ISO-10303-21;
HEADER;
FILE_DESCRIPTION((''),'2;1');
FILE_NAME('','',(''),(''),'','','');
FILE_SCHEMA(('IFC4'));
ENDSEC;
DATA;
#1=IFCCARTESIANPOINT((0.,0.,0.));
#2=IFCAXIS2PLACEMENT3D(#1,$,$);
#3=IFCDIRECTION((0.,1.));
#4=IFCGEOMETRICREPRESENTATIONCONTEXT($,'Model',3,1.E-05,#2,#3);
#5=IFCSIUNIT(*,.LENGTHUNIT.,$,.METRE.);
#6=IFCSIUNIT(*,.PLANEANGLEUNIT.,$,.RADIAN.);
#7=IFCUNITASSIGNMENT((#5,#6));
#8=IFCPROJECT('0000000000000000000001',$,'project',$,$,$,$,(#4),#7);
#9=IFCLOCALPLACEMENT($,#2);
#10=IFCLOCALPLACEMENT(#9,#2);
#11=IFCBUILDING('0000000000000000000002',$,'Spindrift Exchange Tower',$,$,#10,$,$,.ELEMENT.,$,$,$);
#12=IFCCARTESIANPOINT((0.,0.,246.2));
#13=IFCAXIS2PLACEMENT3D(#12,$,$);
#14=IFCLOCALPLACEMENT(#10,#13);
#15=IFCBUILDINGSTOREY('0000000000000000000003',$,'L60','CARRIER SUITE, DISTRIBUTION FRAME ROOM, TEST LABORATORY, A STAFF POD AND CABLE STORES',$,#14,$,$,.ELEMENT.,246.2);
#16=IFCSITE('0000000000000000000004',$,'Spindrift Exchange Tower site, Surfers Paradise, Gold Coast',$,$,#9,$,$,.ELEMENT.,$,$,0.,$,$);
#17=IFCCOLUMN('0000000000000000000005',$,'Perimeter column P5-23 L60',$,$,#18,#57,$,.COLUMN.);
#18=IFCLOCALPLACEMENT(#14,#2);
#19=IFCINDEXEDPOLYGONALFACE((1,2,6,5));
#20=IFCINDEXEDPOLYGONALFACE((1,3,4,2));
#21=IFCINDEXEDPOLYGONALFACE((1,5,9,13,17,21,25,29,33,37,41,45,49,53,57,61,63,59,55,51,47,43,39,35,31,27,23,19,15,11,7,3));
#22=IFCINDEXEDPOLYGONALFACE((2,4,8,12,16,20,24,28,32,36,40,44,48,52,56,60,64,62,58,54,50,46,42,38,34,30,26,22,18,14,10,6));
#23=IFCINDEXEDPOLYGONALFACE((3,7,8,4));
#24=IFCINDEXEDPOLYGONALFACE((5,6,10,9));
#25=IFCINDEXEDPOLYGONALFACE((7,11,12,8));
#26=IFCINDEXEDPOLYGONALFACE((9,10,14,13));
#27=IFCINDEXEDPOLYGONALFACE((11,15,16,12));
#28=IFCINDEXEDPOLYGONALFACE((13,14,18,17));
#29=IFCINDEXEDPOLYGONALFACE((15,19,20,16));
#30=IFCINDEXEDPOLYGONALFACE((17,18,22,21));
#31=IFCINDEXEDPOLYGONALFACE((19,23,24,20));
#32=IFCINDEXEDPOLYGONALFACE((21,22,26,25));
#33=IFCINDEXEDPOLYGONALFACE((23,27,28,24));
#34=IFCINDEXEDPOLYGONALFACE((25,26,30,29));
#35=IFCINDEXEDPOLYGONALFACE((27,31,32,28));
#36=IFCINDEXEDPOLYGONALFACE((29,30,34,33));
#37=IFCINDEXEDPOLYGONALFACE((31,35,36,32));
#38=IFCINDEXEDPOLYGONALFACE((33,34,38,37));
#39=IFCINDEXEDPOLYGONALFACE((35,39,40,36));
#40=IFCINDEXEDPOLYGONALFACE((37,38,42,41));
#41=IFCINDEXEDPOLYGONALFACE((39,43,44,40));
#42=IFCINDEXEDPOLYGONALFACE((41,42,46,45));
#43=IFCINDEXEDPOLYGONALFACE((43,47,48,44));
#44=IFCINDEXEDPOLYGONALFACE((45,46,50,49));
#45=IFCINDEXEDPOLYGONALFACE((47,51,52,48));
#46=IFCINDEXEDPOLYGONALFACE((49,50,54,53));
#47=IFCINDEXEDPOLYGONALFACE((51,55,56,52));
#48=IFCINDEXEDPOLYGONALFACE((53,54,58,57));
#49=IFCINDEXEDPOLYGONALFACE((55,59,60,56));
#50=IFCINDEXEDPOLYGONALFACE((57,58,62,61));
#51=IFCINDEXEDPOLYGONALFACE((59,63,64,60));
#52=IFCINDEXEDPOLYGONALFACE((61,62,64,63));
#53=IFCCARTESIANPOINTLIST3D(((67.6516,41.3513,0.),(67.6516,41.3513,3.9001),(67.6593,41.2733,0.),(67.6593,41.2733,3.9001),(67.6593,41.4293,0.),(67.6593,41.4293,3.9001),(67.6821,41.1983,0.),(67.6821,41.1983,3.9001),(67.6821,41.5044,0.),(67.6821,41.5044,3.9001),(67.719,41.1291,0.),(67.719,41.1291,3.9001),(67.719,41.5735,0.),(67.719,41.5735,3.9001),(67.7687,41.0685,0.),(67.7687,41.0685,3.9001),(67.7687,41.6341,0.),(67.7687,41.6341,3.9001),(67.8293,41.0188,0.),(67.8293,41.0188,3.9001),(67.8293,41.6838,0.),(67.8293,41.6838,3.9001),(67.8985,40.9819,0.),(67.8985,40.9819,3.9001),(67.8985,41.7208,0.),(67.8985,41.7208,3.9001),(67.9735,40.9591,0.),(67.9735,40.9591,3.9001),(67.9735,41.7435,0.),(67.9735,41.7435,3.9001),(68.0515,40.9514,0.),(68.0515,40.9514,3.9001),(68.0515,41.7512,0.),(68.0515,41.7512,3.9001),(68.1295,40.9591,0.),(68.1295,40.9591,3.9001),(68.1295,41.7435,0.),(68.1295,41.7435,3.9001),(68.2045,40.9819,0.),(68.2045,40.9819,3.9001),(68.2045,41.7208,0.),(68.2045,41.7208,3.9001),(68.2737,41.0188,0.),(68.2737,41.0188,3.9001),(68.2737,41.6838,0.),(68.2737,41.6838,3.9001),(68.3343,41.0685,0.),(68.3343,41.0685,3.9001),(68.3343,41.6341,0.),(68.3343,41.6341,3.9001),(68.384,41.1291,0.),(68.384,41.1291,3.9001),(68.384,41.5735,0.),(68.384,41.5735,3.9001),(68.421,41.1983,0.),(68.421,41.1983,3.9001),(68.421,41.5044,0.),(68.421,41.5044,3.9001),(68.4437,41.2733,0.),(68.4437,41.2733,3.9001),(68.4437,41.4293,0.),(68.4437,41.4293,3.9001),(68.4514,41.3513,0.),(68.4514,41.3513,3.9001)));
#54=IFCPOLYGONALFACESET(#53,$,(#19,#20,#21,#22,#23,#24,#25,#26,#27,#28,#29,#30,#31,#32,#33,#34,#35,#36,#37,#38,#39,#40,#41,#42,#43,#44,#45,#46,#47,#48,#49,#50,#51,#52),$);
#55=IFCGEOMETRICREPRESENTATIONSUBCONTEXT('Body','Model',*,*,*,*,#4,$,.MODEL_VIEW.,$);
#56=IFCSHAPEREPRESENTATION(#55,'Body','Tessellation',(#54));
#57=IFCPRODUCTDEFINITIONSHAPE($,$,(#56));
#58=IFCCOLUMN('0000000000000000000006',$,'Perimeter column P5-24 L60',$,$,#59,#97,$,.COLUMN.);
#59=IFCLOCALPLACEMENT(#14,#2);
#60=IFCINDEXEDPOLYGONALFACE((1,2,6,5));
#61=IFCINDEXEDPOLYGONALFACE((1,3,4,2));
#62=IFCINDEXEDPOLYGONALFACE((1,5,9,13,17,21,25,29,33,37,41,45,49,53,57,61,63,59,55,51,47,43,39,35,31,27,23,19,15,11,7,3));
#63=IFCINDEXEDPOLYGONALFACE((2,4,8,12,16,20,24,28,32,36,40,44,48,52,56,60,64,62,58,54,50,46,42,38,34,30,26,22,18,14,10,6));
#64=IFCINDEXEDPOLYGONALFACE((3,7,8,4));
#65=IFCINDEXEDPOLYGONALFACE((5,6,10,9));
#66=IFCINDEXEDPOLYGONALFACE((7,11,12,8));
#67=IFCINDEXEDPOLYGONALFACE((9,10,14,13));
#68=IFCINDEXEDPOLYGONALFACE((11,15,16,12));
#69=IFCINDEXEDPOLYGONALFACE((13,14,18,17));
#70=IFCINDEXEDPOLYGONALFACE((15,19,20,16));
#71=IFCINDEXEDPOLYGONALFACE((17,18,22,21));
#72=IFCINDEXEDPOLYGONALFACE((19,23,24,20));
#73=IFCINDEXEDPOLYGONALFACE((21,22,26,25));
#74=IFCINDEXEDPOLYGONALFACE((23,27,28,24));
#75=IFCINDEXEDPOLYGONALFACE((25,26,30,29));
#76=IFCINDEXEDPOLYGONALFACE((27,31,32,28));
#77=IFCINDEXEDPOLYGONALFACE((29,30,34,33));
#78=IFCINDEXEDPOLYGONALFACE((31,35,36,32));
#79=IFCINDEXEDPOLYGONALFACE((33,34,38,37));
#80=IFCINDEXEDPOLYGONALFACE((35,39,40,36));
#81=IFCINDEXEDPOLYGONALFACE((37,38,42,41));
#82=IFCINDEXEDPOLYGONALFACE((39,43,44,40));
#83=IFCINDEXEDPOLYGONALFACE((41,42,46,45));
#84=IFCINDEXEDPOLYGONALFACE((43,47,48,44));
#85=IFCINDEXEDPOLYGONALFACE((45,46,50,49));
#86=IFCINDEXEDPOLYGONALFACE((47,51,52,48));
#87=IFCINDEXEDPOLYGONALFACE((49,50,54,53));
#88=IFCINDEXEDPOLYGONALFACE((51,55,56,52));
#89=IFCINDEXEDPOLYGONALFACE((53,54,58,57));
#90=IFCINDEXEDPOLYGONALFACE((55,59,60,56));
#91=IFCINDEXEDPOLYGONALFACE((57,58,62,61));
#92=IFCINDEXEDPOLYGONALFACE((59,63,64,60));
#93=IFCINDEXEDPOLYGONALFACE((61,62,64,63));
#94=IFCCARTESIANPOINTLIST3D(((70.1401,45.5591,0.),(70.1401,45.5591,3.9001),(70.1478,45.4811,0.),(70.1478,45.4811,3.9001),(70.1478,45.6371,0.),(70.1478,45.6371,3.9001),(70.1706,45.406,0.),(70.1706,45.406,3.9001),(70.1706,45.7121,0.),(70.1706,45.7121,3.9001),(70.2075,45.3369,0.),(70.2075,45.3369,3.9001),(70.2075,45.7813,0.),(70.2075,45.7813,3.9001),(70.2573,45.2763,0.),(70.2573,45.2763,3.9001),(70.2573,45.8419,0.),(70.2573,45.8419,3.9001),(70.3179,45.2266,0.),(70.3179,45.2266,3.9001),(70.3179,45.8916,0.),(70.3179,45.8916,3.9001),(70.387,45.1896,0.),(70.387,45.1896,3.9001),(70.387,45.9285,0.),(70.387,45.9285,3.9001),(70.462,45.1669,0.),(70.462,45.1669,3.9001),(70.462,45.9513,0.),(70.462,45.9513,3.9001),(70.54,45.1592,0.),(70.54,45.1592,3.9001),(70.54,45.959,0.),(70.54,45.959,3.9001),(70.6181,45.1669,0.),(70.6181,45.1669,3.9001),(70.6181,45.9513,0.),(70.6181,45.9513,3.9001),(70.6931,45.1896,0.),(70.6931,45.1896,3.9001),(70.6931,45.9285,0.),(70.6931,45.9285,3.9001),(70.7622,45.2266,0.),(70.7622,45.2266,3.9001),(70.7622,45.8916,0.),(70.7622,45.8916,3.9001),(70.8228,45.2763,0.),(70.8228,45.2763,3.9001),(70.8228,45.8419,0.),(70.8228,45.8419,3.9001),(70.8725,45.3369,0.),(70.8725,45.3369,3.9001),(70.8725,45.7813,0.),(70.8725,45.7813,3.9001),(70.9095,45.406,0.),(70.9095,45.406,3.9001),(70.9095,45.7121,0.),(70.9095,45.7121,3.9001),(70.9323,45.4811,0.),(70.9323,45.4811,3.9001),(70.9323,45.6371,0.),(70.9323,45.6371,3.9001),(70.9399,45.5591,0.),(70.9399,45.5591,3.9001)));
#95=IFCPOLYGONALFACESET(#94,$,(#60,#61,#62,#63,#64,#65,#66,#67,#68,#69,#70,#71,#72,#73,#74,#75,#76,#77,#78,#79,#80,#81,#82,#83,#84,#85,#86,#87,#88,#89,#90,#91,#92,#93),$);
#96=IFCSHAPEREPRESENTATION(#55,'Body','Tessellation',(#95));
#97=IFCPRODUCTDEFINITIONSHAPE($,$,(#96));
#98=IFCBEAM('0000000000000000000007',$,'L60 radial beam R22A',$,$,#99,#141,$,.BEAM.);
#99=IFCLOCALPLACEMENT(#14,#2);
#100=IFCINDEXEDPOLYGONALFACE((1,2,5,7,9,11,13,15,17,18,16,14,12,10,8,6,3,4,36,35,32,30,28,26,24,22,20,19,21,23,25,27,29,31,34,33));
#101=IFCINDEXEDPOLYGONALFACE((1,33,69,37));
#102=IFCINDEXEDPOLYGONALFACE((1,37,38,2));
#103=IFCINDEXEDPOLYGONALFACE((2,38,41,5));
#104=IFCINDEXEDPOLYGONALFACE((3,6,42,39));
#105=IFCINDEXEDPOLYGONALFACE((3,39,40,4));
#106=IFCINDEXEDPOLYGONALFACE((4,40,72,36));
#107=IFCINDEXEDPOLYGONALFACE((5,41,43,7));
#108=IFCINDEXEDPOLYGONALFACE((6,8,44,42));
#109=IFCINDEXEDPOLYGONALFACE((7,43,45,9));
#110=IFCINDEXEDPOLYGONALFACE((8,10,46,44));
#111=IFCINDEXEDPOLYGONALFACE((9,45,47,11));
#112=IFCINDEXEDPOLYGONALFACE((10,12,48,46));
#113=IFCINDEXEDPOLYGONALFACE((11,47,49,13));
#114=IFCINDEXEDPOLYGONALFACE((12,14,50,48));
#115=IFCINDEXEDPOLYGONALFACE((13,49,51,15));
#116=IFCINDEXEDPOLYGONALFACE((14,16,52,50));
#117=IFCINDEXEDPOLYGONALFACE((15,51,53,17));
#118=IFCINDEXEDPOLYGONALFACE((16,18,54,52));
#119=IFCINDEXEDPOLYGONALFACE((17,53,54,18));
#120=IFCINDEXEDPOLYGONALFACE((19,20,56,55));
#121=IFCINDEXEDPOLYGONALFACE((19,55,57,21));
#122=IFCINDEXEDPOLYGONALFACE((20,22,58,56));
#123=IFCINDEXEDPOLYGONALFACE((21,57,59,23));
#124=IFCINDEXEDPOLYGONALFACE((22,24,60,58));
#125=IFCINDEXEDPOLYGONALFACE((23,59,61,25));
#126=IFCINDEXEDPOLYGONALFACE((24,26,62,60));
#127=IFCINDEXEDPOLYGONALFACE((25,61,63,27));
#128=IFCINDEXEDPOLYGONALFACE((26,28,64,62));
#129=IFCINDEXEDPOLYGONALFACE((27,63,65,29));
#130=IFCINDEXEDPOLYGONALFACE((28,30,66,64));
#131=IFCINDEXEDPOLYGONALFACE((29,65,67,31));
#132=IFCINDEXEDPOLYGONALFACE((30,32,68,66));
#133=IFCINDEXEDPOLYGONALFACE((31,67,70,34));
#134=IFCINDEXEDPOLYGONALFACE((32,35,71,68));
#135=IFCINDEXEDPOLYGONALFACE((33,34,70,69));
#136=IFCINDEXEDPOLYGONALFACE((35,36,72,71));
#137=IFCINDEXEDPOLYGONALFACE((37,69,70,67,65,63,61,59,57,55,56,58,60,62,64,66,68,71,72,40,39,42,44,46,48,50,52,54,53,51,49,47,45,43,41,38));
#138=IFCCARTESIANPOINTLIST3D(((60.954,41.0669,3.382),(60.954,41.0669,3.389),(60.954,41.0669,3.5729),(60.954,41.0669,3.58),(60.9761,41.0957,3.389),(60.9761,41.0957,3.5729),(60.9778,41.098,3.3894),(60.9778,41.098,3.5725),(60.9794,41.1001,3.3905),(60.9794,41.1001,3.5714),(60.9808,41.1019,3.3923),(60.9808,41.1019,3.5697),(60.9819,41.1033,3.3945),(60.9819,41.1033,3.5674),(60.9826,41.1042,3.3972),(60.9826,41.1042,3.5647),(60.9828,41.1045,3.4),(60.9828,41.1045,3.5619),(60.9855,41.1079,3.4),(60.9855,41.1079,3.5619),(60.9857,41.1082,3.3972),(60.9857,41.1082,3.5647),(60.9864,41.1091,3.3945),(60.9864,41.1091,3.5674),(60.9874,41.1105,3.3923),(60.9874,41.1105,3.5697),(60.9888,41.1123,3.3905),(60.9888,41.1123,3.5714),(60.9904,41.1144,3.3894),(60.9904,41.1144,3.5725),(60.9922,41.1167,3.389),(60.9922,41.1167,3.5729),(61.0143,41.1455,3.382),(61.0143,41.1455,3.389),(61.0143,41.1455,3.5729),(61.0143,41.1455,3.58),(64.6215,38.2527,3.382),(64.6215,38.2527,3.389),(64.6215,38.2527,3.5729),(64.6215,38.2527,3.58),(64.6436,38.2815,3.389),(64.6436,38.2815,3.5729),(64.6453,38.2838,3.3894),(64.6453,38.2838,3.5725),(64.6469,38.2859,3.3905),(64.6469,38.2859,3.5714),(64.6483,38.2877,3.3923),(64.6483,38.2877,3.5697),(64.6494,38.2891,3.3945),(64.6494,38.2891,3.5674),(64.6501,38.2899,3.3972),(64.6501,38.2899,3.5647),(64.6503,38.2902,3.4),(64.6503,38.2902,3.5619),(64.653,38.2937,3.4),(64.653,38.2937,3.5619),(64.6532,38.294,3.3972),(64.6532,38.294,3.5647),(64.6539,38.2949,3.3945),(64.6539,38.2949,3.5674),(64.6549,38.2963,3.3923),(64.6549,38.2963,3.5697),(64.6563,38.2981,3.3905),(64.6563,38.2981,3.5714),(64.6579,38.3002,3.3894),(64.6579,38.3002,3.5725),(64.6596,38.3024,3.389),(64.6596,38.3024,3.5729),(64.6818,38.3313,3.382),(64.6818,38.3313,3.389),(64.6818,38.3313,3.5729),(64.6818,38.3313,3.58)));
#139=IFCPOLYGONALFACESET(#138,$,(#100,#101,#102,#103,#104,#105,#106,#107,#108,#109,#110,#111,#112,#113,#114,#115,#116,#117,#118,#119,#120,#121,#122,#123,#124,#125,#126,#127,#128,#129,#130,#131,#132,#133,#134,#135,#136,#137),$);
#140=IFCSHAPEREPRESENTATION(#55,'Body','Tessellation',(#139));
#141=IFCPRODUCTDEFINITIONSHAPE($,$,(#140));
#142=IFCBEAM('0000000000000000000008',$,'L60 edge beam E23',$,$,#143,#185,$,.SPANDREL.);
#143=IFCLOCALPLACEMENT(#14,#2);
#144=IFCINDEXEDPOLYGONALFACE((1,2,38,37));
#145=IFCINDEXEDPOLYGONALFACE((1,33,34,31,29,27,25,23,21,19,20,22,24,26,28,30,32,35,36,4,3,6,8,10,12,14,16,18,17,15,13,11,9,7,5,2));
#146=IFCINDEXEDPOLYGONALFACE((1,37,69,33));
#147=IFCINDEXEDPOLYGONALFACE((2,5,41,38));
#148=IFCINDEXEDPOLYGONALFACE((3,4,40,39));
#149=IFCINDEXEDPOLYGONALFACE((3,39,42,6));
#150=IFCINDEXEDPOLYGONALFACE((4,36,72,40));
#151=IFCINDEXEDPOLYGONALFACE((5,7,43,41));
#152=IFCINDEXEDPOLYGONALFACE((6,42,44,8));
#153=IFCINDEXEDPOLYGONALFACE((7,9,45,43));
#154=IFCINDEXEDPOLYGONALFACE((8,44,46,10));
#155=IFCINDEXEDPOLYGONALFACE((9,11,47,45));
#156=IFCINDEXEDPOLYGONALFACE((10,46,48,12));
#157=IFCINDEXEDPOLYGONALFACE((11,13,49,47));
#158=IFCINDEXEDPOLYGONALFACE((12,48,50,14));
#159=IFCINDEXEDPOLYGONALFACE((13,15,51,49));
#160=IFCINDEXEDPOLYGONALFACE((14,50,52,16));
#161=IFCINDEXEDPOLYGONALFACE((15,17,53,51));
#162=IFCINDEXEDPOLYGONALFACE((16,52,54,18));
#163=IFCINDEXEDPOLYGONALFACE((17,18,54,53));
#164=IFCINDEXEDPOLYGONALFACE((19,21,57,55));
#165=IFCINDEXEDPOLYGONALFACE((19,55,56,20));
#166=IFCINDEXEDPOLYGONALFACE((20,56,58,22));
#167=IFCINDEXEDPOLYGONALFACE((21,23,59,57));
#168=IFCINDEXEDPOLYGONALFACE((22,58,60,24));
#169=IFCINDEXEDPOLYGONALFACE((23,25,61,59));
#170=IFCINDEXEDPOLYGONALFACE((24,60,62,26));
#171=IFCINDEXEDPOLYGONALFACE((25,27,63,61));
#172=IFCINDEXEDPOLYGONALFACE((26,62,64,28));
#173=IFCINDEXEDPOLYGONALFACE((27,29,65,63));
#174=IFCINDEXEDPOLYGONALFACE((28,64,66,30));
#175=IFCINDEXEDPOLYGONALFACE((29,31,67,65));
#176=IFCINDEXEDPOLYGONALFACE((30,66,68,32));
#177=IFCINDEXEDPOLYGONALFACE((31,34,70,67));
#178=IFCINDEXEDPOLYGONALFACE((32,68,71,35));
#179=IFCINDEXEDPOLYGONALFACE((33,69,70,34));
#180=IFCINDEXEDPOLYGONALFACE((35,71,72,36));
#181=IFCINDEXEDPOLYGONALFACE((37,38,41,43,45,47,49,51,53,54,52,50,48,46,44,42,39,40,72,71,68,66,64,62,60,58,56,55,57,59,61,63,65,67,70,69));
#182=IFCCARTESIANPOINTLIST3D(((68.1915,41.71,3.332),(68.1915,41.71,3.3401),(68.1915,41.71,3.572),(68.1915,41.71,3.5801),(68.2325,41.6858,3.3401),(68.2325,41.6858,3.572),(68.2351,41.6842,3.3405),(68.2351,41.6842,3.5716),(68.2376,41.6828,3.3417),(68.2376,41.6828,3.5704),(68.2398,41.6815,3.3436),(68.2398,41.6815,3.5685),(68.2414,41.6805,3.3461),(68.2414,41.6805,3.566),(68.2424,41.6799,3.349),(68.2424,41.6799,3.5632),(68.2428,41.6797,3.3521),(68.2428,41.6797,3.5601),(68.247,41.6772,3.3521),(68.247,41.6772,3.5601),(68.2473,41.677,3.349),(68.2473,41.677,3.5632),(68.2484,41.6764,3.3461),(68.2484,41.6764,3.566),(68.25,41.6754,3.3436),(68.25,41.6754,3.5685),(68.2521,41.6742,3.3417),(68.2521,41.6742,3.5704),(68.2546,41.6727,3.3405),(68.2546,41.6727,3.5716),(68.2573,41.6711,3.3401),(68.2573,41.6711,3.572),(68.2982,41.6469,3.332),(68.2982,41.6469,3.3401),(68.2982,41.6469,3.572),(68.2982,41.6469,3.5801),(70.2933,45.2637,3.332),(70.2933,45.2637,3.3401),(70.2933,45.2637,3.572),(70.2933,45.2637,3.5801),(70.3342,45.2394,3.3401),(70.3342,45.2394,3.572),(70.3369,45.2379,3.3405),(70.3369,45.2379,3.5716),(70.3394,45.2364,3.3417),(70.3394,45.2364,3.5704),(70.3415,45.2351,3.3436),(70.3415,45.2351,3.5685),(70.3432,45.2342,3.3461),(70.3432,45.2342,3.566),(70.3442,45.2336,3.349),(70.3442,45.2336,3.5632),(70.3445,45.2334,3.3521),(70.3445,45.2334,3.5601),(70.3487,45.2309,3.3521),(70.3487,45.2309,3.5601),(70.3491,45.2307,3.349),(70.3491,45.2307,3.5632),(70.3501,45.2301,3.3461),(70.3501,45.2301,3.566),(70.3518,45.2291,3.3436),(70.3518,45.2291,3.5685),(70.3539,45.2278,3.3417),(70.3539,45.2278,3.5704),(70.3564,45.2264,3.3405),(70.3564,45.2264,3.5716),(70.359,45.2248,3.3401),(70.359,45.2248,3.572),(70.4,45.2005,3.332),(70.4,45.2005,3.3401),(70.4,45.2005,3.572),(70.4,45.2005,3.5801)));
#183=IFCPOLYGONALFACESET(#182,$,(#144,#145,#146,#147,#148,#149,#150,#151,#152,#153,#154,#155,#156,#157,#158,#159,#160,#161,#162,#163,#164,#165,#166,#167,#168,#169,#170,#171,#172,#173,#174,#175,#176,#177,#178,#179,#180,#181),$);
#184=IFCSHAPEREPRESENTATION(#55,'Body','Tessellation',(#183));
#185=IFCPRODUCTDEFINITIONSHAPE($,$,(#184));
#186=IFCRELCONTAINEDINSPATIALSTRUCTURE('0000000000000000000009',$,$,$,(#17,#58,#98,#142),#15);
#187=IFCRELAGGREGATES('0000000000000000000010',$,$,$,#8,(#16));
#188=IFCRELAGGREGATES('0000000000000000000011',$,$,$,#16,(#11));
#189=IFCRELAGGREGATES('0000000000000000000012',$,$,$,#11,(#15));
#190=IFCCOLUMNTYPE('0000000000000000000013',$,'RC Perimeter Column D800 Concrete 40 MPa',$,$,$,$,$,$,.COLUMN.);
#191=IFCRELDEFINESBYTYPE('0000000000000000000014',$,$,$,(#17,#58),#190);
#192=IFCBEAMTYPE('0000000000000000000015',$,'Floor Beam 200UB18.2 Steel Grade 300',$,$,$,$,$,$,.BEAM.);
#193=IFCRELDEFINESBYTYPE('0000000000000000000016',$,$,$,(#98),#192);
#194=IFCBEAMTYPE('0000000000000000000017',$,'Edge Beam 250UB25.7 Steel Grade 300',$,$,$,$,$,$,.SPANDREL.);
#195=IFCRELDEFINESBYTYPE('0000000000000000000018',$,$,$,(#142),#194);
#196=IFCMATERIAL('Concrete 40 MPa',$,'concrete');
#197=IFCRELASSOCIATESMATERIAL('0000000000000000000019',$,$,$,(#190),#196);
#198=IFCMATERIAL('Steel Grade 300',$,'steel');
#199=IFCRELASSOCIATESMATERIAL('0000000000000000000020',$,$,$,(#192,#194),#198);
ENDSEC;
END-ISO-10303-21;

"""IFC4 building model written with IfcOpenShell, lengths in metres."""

from ifc_helpers import new_model, si_unit, direction, frame, origin, origin_2d, place, context, subcontext, project, spatial, circle, i_section, extrude, source, transform, mapped, material, material_profile, profile_set, type_object, element, save


model = new_model("IFC4")

# Units and contexts
model_context = context("Model", 3, precision=1e-05, world=origin(), true_north=direction((0.0, 1.0)))
body_context = subcontext(model_context, "Body", "Model", "MODEL_VIEW")
ifc_project = project(units=[si_unit("LENGTHUNIT", "METRE"), si_unit("PLANEANGLEUNIT", "RADIAN")], contexts=[model_context])

# Site, building, storey
site_placement = place(None, origin())
site = spatial("IfcSite", under=ifc_project, at=site_placement, Name="Spindrift Exchange Tower site, Surfers Paradise, Gold Coast", CompositionType="ELEMENT", RefElevation=0.0)
building_placement = place(site_placement, origin())
building = spatial("IfcBuilding", under=site, at=building_placement, Name="Spindrift Exchange Tower", CompositionType="ELEMENT")
storey_placement = place(building_placement, frame((0.0, 0.0, 246.2)))
storey = spatial("IfcBuildingStorey", under=building, at=storey_placement, Name="L60", Description="CARRIER SUITE, DISTRIBUTION FRAME ROOM, TEST LABORATORY, A STAFF POD AND CABLE STORES", CompositionType="ELEMENT", Elevation=246.2)

# Columns
ifc_material_1 = material(Name="Concrete 40 MPa", Category="concrete")
ifc_material_profile_1 = material_profile(ifc_material_1, circle(Radius=0.3999, at=origin_2d()), Name="RC D800")
ifc_profile_set_1 = profile_set([ifc_material_profile_1], Name="Concrete 40 MPa")
column_type = type_object("IfcColumnType", Name="RC Perimeter Column D800 Concrete 40 MPa", PredefinedType="COLUMN", material=ifc_profile_set_1)
shared_shape_1 = source(origin(), body_context, "Body", "SweptSolid", [
    extrude(circle(Radius=0.3999, at=origin_2d()), origin(), (0.0, 0.0, 1.0), 3.9001),
])
for number, where, z_axis, x_axis, name in (
    (1, (68.0515, 41.3513, 0.0), (0.0, 0.0, 1.0), (1.0, 0.0, 0.0), "Perimeter column P5-23 L60"),
    (2, (70.54, 45.5591, 0.0), (0.0, 0.0, 1.0), (1.0, 0.0, 0.0), "Perimeter column P5-24 L60"),
):
    element("IfcColumn", number, at=place(storey_placement, frame(where, z_axis=z_axis, x_axis=x_axis)), inside=storey, type_object=column_type, Name=name, PredefinedType="COLUMN", context=body_context, shape_type="MappedRepresentation", body=[
        mapped(shared_shape_1, transform((0.0, 0.0, 0.0), scale=1.0)),
    ])

# Beams
ifc_material_2 = material(Name="Steel Grade 300", Category="steel")
ifc_material_profile_2 = material_profile(ifc_material_2, i_section(OverallWidth=0.0991, OverallDepth=0.198, WebThickness=0.0044, FlangeThickness=0.0071, FilletRadius=0.011, at=origin_2d()), Name="200UB18.2")
ifc_profile_set_2 = profile_set([ifc_material_profile_2], Name="Steel Grade 300")
beam_type_1 = type_object("IfcBeamType", Name="Floor Beam 200UB18.2 Steel Grade 300", PredefinedType="BEAM", material=ifc_profile_set_2)
shared_shape_2 = source(origin(), body_context, "Body", "SweptSolid", [
    extrude(i_section(OverallWidth=0.0991, OverallDepth=0.198, WebThickness=0.0044, FlangeThickness=0.0071, FilletRadius=0.011, at=origin_2d()), origin(), (0.0, 0.0, 1.0), 4.6228),
])
beam_1_placement = place(storey_placement, frame((60.9841, 41.1062, 3.481), z_axis=(0.793348, -0.608769, 0.0), x_axis=(0.608769, 0.793348, 0.0)))
element("IfcBeam", 3, at=beam_1_placement, inside=storey, type_object=beam_type_1, Name="L60 radial beam R22A", PredefinedType="BEAM", context=body_context, shape_type="MappedRepresentation", body=[
    mapped(shared_shape_2, transform((0.0, 0.0, 0.0), scale=1.0)),
])
ifc_material_profile_3 = material_profile(ifc_material_2, i_section(OverallWidth=0.124, OverallDepth=0.248, WebThickness=0.0049, FlangeThickness=0.0081, FilletRadius=0.012, at=origin_2d()), Name="250UB25.7")
ifc_profile_set_3 = profile_set([ifc_material_profile_3], Name="Steel Grade 300")
beam_type_2 = type_object("IfcBeamType", Name="Edge Beam 250UB25.7 Steel Grade 300", PredefinedType="SPANDREL", material=ifc_profile_set_3)
shared_shape_3 = source(origin(), body_context, "Body", "SweptSolid", [
    extrude(i_section(OverallWidth=0.124, OverallDepth=0.248, WebThickness=0.0049, FlangeThickness=0.0081, FilletRadius=0.012, at=origin_2d()), origin(), (0.0, 0.0, 1.0), 4.1287),
])
beam_2_placement = place(storey_placement, frame((68.2449, 41.6785, 3.4561), z_axis=(0.509068, 0.860726, 0.0), x_axis=(-0.860726, 0.509068, 0.0)))
element("IfcBeam", 4, at=beam_2_placement, inside=storey, type_object=beam_type_2, Name="L60 edge beam E23", PredefinedType="SPANDREL", context=body_context, shape_type="MappedRepresentation", body=[
    mapped(shared_shape_3, transform((0.0, 0.0, 0.0), scale=1.0)),
])

save(model, "model.ifc")
